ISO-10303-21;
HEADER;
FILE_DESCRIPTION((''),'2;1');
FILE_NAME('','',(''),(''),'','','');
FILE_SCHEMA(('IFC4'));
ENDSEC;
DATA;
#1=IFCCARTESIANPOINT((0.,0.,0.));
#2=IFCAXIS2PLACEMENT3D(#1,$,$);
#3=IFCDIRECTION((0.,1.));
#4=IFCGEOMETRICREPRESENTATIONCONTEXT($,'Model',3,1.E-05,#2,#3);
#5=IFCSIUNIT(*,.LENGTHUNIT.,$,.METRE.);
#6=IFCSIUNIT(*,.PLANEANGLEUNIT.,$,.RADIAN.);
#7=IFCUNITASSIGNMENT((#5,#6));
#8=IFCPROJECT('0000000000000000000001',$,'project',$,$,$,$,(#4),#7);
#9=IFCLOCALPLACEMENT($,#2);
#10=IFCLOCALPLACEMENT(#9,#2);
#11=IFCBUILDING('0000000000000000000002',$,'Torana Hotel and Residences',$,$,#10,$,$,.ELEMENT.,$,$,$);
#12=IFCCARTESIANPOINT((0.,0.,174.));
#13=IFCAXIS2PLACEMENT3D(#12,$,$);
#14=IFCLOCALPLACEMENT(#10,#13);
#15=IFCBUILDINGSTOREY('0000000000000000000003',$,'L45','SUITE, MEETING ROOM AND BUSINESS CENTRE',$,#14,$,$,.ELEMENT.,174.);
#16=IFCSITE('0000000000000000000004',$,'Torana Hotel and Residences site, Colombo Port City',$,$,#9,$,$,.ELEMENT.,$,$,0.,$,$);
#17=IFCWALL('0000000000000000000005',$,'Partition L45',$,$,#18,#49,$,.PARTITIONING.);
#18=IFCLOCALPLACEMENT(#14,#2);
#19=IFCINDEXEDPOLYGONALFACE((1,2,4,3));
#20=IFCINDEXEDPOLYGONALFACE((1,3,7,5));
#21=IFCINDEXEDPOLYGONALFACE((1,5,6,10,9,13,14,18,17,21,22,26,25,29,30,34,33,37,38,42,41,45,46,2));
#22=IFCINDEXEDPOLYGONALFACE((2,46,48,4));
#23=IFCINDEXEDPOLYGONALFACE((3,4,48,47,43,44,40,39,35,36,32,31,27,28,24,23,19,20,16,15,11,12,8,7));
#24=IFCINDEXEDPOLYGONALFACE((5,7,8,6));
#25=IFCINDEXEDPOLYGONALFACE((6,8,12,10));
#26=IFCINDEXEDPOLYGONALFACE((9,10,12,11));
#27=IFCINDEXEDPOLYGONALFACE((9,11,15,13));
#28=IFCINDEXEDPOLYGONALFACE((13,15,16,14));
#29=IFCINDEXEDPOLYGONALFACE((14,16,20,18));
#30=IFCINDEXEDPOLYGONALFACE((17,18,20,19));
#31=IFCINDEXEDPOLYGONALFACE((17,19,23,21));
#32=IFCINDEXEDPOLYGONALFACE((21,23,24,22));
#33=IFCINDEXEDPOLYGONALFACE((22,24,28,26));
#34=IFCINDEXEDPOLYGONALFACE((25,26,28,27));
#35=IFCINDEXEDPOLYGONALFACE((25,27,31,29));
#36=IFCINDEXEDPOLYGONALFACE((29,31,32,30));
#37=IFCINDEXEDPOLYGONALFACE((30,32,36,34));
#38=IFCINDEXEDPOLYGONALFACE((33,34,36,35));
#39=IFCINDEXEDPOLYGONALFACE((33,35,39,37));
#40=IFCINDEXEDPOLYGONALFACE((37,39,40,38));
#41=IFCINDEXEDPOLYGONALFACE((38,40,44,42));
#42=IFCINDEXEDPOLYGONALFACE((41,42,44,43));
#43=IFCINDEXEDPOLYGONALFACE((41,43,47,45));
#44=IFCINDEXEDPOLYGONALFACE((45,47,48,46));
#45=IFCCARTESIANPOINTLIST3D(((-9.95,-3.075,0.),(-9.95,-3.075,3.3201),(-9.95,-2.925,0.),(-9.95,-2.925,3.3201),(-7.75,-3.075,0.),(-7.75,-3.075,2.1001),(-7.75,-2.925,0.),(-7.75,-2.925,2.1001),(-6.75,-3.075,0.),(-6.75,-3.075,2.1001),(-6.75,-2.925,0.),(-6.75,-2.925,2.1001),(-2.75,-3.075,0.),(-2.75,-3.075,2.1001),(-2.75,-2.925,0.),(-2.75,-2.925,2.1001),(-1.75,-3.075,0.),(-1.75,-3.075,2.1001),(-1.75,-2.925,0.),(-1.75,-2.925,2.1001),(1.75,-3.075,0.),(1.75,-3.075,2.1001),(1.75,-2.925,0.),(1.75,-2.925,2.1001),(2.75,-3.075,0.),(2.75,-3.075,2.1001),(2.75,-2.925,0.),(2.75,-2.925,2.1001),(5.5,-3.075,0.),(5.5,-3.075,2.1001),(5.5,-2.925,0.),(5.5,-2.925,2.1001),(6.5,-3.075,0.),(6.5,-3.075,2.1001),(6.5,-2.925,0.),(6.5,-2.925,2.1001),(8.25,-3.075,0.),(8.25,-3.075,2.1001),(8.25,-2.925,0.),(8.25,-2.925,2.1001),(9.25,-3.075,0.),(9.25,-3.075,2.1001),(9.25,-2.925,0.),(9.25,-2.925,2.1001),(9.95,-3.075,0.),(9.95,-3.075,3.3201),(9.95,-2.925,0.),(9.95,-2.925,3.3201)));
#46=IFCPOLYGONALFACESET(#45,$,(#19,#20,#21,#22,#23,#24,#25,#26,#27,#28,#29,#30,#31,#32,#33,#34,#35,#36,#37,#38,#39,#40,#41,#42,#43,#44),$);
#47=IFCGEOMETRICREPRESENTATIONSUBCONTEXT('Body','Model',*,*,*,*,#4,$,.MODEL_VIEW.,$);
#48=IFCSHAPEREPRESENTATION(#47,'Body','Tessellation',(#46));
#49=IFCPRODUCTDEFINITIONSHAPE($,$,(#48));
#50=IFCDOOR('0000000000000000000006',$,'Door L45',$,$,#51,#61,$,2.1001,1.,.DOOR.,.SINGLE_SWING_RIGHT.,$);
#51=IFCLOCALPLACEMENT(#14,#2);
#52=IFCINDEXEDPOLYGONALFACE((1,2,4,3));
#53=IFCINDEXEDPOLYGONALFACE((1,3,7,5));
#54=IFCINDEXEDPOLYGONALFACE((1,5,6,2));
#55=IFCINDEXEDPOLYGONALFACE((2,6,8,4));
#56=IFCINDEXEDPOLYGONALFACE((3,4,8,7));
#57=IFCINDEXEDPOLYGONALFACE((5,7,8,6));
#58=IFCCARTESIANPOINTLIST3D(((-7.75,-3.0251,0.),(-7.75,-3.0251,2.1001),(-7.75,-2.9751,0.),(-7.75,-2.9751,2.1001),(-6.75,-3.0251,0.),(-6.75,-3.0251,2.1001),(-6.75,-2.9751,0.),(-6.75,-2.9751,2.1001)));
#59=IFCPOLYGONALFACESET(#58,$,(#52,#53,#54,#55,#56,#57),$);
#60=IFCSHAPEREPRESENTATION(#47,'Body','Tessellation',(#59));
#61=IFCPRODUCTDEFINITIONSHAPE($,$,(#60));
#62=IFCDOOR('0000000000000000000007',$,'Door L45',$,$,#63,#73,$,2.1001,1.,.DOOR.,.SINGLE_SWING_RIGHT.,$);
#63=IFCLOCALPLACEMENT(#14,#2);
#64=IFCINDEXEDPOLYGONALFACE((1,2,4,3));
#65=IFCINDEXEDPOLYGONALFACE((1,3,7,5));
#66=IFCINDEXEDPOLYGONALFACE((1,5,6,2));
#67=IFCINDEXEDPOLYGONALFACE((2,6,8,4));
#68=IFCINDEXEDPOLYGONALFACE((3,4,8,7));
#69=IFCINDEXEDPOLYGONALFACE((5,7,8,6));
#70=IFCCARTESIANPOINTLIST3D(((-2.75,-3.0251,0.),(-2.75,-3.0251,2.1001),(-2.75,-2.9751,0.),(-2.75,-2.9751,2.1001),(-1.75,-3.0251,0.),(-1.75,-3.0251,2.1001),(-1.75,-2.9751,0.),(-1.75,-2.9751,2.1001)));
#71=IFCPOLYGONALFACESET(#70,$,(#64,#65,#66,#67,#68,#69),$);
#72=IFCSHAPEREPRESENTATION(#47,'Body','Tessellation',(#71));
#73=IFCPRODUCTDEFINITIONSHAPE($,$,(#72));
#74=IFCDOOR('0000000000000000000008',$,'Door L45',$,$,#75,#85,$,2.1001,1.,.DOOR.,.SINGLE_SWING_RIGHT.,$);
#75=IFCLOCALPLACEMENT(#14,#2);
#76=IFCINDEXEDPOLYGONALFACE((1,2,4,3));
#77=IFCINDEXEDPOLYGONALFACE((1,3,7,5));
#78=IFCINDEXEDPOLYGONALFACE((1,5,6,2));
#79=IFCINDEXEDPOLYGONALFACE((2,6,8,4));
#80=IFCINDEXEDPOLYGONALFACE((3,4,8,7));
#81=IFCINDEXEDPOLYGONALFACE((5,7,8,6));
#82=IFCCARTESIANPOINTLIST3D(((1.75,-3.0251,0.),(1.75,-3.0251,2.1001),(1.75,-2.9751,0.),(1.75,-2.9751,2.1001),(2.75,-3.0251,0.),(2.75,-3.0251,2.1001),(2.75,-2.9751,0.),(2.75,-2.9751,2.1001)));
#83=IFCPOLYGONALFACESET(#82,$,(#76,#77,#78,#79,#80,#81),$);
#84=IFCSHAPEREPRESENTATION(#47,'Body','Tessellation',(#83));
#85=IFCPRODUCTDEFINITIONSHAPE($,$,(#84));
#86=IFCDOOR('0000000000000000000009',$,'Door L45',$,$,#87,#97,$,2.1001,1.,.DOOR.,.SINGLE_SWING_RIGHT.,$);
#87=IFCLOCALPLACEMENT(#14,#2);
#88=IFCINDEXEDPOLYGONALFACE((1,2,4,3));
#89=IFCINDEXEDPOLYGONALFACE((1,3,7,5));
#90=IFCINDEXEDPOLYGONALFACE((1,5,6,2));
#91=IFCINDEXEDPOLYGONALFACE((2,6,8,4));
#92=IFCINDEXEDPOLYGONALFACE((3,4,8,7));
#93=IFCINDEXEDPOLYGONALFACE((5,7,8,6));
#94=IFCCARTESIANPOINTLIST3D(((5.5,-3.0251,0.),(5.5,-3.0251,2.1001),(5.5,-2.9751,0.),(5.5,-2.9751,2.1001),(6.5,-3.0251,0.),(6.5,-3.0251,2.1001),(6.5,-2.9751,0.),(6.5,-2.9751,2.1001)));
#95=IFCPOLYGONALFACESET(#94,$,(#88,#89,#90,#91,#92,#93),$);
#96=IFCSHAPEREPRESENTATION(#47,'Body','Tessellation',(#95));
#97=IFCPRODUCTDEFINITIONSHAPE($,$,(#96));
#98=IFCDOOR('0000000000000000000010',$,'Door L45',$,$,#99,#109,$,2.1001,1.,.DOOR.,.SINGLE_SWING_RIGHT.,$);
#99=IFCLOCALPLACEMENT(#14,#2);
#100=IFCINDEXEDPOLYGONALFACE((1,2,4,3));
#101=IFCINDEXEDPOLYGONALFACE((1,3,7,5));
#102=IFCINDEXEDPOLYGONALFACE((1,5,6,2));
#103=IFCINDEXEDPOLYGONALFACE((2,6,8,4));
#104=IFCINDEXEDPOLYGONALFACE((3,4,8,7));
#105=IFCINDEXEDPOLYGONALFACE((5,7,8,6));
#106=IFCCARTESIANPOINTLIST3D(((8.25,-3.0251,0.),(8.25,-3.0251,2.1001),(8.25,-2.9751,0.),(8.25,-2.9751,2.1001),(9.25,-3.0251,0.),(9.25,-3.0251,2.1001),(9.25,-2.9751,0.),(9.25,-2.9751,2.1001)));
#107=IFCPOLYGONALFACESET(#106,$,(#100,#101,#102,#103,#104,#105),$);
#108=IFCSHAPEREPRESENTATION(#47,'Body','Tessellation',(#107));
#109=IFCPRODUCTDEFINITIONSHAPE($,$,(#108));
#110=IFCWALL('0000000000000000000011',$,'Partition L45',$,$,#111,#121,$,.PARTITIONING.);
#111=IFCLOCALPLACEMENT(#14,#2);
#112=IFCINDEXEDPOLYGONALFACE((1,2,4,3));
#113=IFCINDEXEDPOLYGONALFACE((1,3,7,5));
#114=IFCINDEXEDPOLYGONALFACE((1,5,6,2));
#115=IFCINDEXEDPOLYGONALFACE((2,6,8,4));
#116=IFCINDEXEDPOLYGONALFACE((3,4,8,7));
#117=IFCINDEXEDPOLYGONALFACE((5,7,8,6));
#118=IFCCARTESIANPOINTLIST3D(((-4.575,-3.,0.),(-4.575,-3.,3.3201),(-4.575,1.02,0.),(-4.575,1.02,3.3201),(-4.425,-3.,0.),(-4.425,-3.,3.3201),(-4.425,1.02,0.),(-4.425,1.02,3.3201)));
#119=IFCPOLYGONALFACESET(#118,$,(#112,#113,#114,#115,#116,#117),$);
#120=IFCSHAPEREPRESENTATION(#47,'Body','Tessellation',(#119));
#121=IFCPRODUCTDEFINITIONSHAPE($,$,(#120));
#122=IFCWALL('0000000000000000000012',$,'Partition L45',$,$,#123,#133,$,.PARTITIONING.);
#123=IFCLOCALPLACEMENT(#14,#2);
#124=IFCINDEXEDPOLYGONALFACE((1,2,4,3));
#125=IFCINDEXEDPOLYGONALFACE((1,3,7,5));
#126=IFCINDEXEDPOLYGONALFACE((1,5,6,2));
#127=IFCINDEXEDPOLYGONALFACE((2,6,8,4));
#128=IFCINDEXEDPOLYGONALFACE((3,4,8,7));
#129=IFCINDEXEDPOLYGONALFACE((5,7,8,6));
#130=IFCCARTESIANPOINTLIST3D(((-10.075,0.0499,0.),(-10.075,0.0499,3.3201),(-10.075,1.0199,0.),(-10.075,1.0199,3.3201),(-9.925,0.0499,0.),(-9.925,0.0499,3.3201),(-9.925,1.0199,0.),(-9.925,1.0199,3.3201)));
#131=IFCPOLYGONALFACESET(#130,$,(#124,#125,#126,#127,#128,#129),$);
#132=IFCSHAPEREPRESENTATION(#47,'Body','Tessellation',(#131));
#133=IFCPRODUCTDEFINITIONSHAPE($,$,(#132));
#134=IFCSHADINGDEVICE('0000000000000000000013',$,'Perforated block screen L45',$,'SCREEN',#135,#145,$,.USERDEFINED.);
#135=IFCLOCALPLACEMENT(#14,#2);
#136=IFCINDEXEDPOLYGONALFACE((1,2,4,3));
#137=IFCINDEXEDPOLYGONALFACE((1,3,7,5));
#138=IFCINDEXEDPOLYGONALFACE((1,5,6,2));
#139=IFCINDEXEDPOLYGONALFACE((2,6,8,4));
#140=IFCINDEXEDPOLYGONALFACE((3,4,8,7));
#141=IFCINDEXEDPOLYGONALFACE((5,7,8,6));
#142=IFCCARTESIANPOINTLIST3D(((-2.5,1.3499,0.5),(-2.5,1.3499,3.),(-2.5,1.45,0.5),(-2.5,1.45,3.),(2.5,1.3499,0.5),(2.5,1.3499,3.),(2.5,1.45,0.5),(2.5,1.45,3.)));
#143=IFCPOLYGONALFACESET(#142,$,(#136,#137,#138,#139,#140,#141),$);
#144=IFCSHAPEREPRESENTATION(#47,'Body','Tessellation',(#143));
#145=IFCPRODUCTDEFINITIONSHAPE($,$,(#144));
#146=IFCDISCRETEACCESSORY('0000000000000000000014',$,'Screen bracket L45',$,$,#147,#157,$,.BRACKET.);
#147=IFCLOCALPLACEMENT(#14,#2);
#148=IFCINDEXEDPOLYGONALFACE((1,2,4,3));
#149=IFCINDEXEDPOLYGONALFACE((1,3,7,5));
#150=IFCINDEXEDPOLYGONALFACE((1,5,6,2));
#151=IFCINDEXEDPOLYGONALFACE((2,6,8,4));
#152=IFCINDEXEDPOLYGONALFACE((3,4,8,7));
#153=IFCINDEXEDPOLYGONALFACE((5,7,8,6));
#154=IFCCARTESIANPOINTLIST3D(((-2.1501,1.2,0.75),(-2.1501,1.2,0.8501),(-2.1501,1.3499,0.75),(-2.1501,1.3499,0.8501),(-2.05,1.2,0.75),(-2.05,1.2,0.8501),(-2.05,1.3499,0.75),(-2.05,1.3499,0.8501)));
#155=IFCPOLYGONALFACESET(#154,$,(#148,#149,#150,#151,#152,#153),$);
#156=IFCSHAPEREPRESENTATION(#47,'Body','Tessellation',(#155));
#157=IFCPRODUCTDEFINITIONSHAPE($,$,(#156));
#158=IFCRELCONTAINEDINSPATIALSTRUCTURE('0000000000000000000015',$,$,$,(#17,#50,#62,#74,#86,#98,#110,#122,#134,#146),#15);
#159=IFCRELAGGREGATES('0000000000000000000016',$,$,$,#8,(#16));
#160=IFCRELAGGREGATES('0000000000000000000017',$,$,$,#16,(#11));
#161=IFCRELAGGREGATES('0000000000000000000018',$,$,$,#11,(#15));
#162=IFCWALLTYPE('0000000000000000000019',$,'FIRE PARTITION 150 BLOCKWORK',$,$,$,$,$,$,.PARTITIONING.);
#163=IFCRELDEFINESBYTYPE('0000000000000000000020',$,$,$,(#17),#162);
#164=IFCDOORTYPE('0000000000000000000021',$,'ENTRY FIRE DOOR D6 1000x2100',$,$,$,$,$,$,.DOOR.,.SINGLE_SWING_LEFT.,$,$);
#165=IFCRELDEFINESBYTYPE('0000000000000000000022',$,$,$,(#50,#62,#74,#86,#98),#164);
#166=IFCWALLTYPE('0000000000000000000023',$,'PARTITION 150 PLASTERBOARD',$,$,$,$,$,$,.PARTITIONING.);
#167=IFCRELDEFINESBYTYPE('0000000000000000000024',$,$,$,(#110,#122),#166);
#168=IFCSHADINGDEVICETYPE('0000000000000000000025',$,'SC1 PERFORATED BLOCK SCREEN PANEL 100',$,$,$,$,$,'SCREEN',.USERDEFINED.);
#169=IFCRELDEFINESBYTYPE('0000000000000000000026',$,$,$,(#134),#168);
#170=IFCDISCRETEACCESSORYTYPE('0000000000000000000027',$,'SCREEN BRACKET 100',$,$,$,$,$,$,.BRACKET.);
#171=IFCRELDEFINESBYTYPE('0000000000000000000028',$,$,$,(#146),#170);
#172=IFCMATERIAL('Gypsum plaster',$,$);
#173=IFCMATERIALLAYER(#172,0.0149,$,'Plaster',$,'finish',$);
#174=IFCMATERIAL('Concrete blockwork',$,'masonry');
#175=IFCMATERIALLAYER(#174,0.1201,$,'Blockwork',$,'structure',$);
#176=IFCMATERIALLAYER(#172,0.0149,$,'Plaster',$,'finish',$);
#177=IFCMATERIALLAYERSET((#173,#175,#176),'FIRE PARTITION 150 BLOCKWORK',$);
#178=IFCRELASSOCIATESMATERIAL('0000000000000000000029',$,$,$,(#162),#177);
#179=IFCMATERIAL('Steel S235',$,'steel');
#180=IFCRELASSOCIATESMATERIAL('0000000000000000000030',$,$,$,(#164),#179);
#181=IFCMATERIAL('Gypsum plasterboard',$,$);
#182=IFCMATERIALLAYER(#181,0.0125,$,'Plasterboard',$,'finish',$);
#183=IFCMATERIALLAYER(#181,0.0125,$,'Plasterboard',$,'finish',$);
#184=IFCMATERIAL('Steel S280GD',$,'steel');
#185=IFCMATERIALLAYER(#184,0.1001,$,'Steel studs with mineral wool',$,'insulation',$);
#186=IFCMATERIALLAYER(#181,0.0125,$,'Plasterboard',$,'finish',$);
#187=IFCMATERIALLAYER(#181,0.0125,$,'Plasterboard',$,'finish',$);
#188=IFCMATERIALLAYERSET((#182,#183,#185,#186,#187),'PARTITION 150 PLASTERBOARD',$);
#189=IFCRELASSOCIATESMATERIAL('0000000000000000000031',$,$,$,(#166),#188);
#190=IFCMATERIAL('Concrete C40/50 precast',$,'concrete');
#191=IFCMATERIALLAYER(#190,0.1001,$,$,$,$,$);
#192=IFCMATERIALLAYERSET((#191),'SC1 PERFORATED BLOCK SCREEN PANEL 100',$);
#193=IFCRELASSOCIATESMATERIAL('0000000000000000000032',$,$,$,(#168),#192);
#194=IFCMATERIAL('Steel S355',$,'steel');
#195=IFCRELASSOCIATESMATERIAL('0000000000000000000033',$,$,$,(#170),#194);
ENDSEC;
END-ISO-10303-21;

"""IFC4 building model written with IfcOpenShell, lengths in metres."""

from ifc_helpers import new_model, si_unit, direction, frame, frame_2d, origin, origin_2d, place, context, subcontext, project, spatial, rectangle, extrude, material, layer, layer_set, type_object, element, fill, save


model = new_model("IFC4")

# Units and contexts
model_context = context("Model", 3, precision=1e-05, world=origin(), true_north=direction((0.0, 1.0)))
body_context = subcontext(model_context, "Body", "Model", "MODEL_VIEW")
ifc_project = project(units=[si_unit("LENGTHUNIT", "METRE"), si_unit("PLANEANGLEUNIT", "RADIAN")], contexts=[model_context])

# Site, building, storey
site_placement = place(None, origin())
site = spatial("IfcSite", under=ifc_project, at=site_placement, Name="Torana Hotel and Residences site, Colombo Port City", CompositionType="ELEMENT", RefElevation=0.0)
building_placement = place(site_placement, origin())
building = spatial("IfcBuilding", under=site, at=building_placement, Name="Torana Hotel and Residences", CompositionType="ELEMENT")
storey_placement = place(building_placement, frame((0.0, 0.0, 174.0)))
storey = spatial("IfcBuildingStorey", under=building, at=storey_placement, Name="L45", Description="SUITE, MEETING ROOM AND BUSINESS CENTRE", CompositionType="ELEMENT", Elevation=174.0)

# Shared definitions
ifc_material_1 = material(Name="Gypsum plaster")
ifc_layer_1 = layer(ifc_material_1, 0.0149, Name="Plaster", Category="finish")
ifc_material_2 = material(Name="Concrete blockwork", Category="masonry")
ifc_layer_2 = layer(ifc_material_2, 0.1201, Name="Blockwork", Category="structure")
ifc_layer_3 = layer(ifc_material_1, 0.0149, Name="Plaster", Category="finish")
ifc_layer_set_1 = layer_set([ifc_layer_1, ifc_layer_2, ifc_layer_3], Name="FIRE PARTITION 150 BLOCKWORK")
wall_type_1 = type_object("IfcWallType", Name="FIRE PARTITION 150 BLOCKWORK", PredefinedType="PARTITIONING", material=ifc_layer_set_1)

# Wall, openings, doors
wall_1_placement = place(storey_placement, frame((-9.95, -3.0, 0.0), z_axis=(0.0, 0.0, 1.0), x_axis=(1.0, 0.0, 0.0)))
wall_1 = element("IfcWall", 1, at=wall_1_placement, inside=storey, type_object=wall_type_1, Name="Partition L45", PredefinedType="PARTITIONING", context=body_context, shape_type="SweptSolid", body=[
    extrude(rectangle(XDim=19.8999, YDim=0.1499, at=frame_2d((9.95, 0.0))), origin(), (0.0, 0.0, 1.0), 3.3201),
])
opening_1_placement = place(wall_1_placement, frame((2.2, 0.0, 0.0)))
opening_1 = element("IfcOpeningElement", 2, at=opening_1_placement, cuts=wall_1, PredefinedType="OPENING", context=body_context, shape_type="SweptSolid", body=[
    extrude(rectangle(XDim=1.0, YDim=2.1001, at=frame_2d((0.5, 1.05))), frame((0.0, 0.085, 0.0), z_axis=(0.0, -1.0, 0.0), x_axis=(1.0, 0.0, 0.0)), (0.0, 0.0, 1.0), 0.1699),
])
opening_2_placement = place(wall_1_placement, frame((7.2, 0.0, 0.0)))
opening_2 = element("IfcOpeningElement", 3, at=opening_2_placement, cuts=wall_1, PredefinedType="OPENING", context=body_context, shape_type="SweptSolid", body=[
    extrude(rectangle(XDim=1.0, YDim=2.1001, at=frame_2d((0.5, 1.05))), frame((0.0, 0.085, 0.0), z_axis=(0.0, -1.0, 0.0), x_axis=(1.0, 0.0, 0.0)), (0.0, 0.0, 1.0), 0.1699),
])
opening_3_placement = place(wall_1_placement, frame((11.7, 0.0, 0.0)))
opening_3 = element("IfcOpeningElement", 4, at=opening_3_placement, cuts=wall_1, PredefinedType="OPENING", context=body_context, shape_type="SweptSolid", body=[
    extrude(rectangle(XDim=1.0, YDim=2.1001, at=frame_2d((0.5, 1.05))), frame((0.0, 0.085, 0.0), z_axis=(0.0, -1.0, 0.0), x_axis=(1.0, 0.0, 0.0)), (0.0, 0.0, 1.0), 0.1699),
])
opening_4_placement = place(wall_1_placement, frame((15.45, 0.0, 0.0)))
opening_4 = element("IfcOpeningElement", 5, at=opening_4_placement, cuts=wall_1, PredefinedType="OPENING", context=body_context, shape_type="SweptSolid", body=[
    extrude(rectangle(XDim=1.0, YDim=2.1001, at=frame_2d((0.5, 1.05))), frame((0.0, 0.085, 0.0), z_axis=(0.0, -1.0, 0.0), x_axis=(1.0, 0.0, 0.0)), (0.0, 0.0, 1.0), 0.1699),
])
opening_5_placement = place(wall_1_placement, frame((18.2, 0.0, 0.0)))
opening_5 = element("IfcOpeningElement", 6, at=opening_5_placement, cuts=wall_1, PredefinedType="OPENING", context=body_context, shape_type="SweptSolid", body=[
    extrude(rectangle(XDim=1.0, YDim=2.1001, at=frame_2d((0.5, 1.05))), frame((0.0, 0.085, 0.0), z_axis=(0.0, -1.0, 0.0), x_axis=(1.0, 0.0, 0.0)), (0.0, 0.0, 1.0), 0.1699),
])
ifc_material_3 = material(Name="Steel S235", Category="steel")
door_type = type_object("IfcDoorType", Name="ENTRY FIRE DOOR D6 1000x2100", OperationType="SINGLE_SWING_LEFT", PredefinedType="DOOR", material=ifc_material_3)
door_1_placement = place(opening_1_placement, origin())
door_1 = element("IfcDoor", 7, at=door_1_placement, inside=storey, type_object=door_type, Name="Door L45", OperationType="SINGLE_SWING_RIGHT", OverallHeight=2.1001, OverallWidth=1.0, PredefinedType="DOOR", context=body_context, shape_type="SweptSolid", body=[
    extrude(rectangle(XDim=1.0, YDim=2.1001, at=frame_2d((0.5, 1.05))), frame((0.0, 0.0249, 0.0), z_axis=(0.0, -1.0, 0.0), x_axis=(1.0, 0.0, 0.0)), (0.0, 0.0, 1.0), 0.05),
])
fill(opening_1, door_1)
door_2_placement = place(opening_2_placement, origin())
door_2 = element("IfcDoor", 8, at=door_2_placement, inside=storey, type_object=door_type, Name="Door L45", OperationType="SINGLE_SWING_RIGHT", OverallHeight=2.1001, OverallWidth=1.0, PredefinedType="DOOR", context=body_context, shape_type="SweptSolid", body=[
    extrude(rectangle(XDim=1.0, YDim=2.1001, at=frame_2d((0.5, 1.05))), frame((0.0, 0.0249, 0.0), z_axis=(0.0, -1.0, 0.0), x_axis=(1.0, 0.0, 0.0)), (0.0, 0.0, 1.0), 0.05),
])
fill(opening_2, door_2)
door_3_placement = place(opening_3_placement, origin())
door_3 = element("IfcDoor", 9, at=door_3_placement, inside=storey, type_object=door_type, Name="Door L45", OperationType="SINGLE_SWING_RIGHT", OverallHeight=2.1001, OverallWidth=1.0, PredefinedType="DOOR", context=body_context, shape_type="SweptSolid", body=[
    extrude(rectangle(XDim=1.0, YDim=2.1001, at=frame_2d((0.5, 1.05))), frame((0.0, 0.0249, 0.0), z_axis=(0.0, -1.0, 0.0), x_axis=(1.0, 0.0, 0.0)), (0.0, 0.0, 1.0), 0.05),
])
fill(opening_3, door_3)
door_4_placement = place(opening_4_placement, origin())
door_4 = element("IfcDoor", 10, at=door_4_placement, inside=storey, type_object=door_type, Name="Door L45", OperationType="SINGLE_SWING_RIGHT", OverallHeight=2.1001, OverallWidth=1.0, PredefinedType="DOOR", context=body_context, shape_type="SweptSolid", body=[
    extrude(rectangle(XDim=1.0, YDim=2.1001, at=frame_2d((0.5, 1.05))), frame((0.0, 0.0249, 0.0), z_axis=(0.0, -1.0, 0.0), x_axis=(1.0, 0.0, 0.0)), (0.0, 0.0, 1.0), 0.05),
])
fill(opening_4, door_4)
door_5_placement = place(opening_5_placement, origin())
door_5 = element("IfcDoor", 11, at=door_5_placement, inside=storey, type_object=door_type, Name="Door L45", OperationType="SINGLE_SWING_RIGHT", OverallHeight=2.1001, OverallWidth=1.0, PredefinedType="DOOR", context=body_context, shape_type="SweptSolid", body=[
    extrude(rectangle(XDim=1.0, YDim=2.1001, at=frame_2d((0.5, 1.05))), frame((0.0, 0.0249, 0.0), z_axis=(0.0, -1.0, 0.0), x_axis=(1.0, 0.0, 0.0)), (0.0, 0.0, 1.0), 0.05),
])
fill(opening_5, door_5)

# Walls
ifc_material_4 = material(Name="Gypsum plasterboard")
ifc_layer_4 = layer(ifc_material_4, 0.0125, Name="Plasterboard", Category="finish")
ifc_layer_5 = layer(ifc_material_4, 0.0125, Name="Plasterboard", Category="finish")
ifc_material_5 = material(Name="Steel S280GD", Category="steel")
ifc_layer_6 = layer(ifc_material_5, 0.1001, Name="Steel studs with mineral wool", Category="insulation")
ifc_layer_7 = layer(ifc_material_4, 0.0125, Name="Plasterboard", Category="finish")
ifc_layer_8 = layer(ifc_material_4, 0.0125, Name="Plasterboard", Category="finish")
ifc_layer_set_2 = layer_set([ifc_layer_4, ifc_layer_5, ifc_layer_6, ifc_layer_7, ifc_layer_8], Name="PARTITION 150 PLASTERBOARD")
wall_type_2 = type_object("IfcWallType", Name="PARTITION 150 PLASTERBOARD", PredefinedType="PARTITIONING", material=ifc_layer_set_2)
wall_2_placement = place(storey_placement, frame((-4.5, -3.0, 0.0), z_axis=(0.0, 0.0, 1.0), x_axis=(0.0, 1.0, 0.0)))
element("IfcWall", 12, at=wall_2_placement, inside=storey, type_object=wall_type_2, Name="Partition L45", PredefinedType="PARTITIONING", context=body_context, shape_type="SweptSolid", body=[
    extrude(rectangle(XDim=4.02, YDim=0.1499, at=frame_2d((2.01, 0.0))), origin(), (0.0, 0.0, 1.0), 3.3201),
])
wall_3_placement = place(storey_placement, frame((-10.0, 0.05, 0.0), z_axis=(0.0, 0.0, 1.0), x_axis=(0.0, 1.0, 0.0)))
element("IfcWall", 13, at=wall_3_placement, inside=storey, type_object=wall_type_2, Name="Partition L45", PredefinedType="PARTITIONING", context=body_context, shape_type="SweptSolid", body=[
    extrude(rectangle(XDim=0.97, YDim=0.1499, at=frame_2d((0.4849, 0.0))), origin(), (0.0, 0.0, 1.0), 3.3201),
])

# Shading device
ifc_material_6 = material(Name="Concrete C40/50 precast", Category="concrete")
ifc_layer_9 = layer(ifc_material_6, 0.1001)
ifc_layer_set_3 = layer_set([ifc_layer_9], Name="SC1 PERFORATED BLOCK SCREEN PANEL 100")
shading_device_type = type_object("IfcShadingDeviceType", Name="SC1 PERFORATED BLOCK SCREEN PANEL 100", ElementType="SCREEN", PredefinedType="USERDEFINED", material=ifc_layer_set_3)
shading_device_placement = place(storey_placement, frame((0.0, 1.3999, 0.5), z_axis=(0.0, 0.0, 1.0), x_axis=(-1.0, 0.0, 0.0)))
element("IfcShadingDevice", 14, at=shading_device_placement, inside=storey, type_object=shading_device_type, Name="Perforated block screen L45", ObjectType="SCREEN", PredefinedType="USERDEFINED", context=body_context, shape_type="SweptSolid", body=[
    extrude(rectangle(XDim=5.0, YDim=0.1001, at=origin_2d()), origin(), (0.0, 0.0, 1.0), 2.5),
])

# Discrete accessory
ifc_material_7 = material(Name="Steel S355", Category="steel")
discrete_accessory_type = type_object("IfcDiscreteAccessoryType", Name="SCREEN BRACKET 100", PredefinedType="BRACKET", material=ifc_material_7)
for number, where, z_axis, x_axis, name in (
    (15, (-2.1001, 1.2749, 0.75), (0.0, 0.0, 1.0), (-1.0, 0.0, 0.0), "Screen bracket L45"),
):
    element("IfcDiscreteAccessory", number, at=place(storey_placement, frame(where, z_axis=z_axis, x_axis=x_axis)), inside=storey, type_object=discrete_accessory_type, Name=name, PredefinedType="BRACKET", context=body_context, shape_type="SweptSolid", body=[
        extrude(rectangle(XDim=0.1001, YDim=0.1499, at=origin_2d()), origin(), (0.0, 0.0, 1.0), 0.1001),
    ])

save(model, "model.ifc")
